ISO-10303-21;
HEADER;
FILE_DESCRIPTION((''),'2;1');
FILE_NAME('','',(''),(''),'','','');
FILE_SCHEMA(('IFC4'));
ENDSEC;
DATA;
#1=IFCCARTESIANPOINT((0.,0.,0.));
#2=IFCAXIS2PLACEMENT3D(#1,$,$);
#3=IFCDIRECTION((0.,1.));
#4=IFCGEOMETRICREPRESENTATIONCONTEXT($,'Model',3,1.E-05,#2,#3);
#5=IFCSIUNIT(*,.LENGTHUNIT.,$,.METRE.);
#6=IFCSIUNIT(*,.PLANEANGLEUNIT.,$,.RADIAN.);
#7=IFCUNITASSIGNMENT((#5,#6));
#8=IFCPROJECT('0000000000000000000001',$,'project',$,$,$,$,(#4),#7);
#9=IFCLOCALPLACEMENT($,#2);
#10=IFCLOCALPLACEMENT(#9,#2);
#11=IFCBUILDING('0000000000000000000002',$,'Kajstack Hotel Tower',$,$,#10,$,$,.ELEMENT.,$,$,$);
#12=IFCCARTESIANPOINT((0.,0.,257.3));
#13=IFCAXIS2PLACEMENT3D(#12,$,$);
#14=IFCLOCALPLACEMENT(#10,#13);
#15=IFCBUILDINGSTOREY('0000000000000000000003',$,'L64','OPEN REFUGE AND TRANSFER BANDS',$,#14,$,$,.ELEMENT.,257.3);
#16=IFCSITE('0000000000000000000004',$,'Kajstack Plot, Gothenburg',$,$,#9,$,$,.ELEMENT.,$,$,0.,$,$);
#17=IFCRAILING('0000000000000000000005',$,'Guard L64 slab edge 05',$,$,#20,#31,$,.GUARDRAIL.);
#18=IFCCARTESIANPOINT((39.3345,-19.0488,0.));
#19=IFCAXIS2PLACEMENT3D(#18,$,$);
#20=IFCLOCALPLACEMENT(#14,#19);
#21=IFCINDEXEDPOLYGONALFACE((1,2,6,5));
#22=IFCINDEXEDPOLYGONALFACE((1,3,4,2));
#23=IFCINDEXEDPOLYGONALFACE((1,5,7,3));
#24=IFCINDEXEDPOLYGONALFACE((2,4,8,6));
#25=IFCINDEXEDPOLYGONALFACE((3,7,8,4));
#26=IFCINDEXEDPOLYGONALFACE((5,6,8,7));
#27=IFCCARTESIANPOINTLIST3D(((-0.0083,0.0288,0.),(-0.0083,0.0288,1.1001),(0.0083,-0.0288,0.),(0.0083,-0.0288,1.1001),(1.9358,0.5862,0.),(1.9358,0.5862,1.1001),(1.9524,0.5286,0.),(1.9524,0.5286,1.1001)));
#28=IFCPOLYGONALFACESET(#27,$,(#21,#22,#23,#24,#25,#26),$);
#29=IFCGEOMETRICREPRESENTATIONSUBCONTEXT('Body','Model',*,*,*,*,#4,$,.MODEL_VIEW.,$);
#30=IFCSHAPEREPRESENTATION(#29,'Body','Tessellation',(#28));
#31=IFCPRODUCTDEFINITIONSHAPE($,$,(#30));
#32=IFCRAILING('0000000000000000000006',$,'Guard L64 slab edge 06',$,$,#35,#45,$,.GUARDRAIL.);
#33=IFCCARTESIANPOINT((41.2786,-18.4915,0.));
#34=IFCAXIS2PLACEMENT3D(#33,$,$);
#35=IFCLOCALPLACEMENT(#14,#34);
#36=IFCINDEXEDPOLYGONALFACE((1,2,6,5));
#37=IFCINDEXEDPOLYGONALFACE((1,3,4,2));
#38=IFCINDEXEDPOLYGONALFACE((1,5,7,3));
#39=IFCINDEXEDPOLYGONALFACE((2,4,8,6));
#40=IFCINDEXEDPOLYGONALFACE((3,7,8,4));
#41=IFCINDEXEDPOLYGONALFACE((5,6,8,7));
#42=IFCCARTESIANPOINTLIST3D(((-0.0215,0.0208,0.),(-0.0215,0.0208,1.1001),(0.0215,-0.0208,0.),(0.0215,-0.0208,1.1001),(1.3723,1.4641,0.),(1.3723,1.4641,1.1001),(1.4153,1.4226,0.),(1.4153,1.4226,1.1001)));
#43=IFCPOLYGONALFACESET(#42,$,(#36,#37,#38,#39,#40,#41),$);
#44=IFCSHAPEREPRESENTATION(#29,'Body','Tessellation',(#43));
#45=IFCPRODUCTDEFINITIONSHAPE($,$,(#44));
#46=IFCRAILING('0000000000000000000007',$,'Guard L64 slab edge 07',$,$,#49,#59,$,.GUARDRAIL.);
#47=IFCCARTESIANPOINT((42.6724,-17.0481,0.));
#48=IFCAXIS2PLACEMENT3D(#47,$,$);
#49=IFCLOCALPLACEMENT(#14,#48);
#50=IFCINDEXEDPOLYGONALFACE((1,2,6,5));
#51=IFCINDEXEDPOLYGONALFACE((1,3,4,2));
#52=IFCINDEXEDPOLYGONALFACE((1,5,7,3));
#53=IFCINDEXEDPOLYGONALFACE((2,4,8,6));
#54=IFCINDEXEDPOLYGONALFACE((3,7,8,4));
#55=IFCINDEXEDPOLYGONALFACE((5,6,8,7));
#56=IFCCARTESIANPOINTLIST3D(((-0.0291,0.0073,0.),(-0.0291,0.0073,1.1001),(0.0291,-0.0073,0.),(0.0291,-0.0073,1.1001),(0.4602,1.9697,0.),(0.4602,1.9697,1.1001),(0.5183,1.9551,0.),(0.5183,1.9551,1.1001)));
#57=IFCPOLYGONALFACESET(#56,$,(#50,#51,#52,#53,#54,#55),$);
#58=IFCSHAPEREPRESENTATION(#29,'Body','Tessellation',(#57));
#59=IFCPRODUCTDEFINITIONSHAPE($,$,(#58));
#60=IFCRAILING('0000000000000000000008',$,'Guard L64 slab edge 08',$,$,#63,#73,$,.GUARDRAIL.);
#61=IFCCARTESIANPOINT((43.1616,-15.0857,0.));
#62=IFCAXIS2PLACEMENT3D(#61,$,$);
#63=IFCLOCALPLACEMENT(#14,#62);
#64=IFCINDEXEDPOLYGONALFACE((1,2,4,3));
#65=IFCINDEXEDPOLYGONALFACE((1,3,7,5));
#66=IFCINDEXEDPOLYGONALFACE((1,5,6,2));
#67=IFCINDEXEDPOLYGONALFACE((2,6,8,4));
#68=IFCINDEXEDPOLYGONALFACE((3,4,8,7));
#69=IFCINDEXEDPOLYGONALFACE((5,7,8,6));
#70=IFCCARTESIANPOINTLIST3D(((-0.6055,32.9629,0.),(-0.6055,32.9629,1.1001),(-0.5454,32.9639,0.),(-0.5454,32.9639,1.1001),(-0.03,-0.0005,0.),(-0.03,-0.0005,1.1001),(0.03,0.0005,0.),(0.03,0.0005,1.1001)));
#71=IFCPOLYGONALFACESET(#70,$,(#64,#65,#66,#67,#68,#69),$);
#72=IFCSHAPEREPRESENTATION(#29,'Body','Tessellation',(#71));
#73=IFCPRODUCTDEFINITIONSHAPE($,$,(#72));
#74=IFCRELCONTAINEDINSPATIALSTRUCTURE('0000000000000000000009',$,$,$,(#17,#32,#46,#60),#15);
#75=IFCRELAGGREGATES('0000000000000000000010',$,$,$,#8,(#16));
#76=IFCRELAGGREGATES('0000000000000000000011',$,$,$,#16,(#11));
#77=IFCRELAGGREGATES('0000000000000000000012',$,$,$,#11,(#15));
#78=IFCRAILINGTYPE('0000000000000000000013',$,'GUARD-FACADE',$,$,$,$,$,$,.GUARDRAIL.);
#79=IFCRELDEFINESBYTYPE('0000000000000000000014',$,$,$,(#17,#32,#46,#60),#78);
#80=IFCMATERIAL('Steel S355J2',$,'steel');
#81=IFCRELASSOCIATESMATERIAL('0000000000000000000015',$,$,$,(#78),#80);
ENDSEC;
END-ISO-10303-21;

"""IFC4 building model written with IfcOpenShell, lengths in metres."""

from ifc_helpers import new_model, si_unit, direction, frame, origin, place, context, subcontext, project, spatial, polyline, outline, extrude, material, type_object, element, save


model = new_model("IFC4")

# Units and contexts
model_context = context("Model", 3, precision=1e-05, world=origin(), true_north=direction((0.0, 1.0)))
body_context = subcontext(model_context, "Body", "Model", "MODEL_VIEW")
ifc_project = project(units=[si_unit("LENGTHUNIT", "METRE"), si_unit("PLANEANGLEUNIT", "RADIAN")], contexts=[model_context])

# Site, building, storey
site_placement = place(None, origin())
site = spatial("IfcSite", under=ifc_project, at=site_placement, Name="Kajstack Plot, Gothenburg", CompositionType="ELEMENT", RefElevation=0.0)
building_placement = place(site_placement, origin())
building = spatial("IfcBuilding", under=site, at=building_placement, Name="Kajstack Hotel Tower", CompositionType="ELEMENT")
storey_placement = place(building_placement, frame((0.0, 0.0, 257.3)))
storey = spatial("IfcBuildingStorey", under=building, at=storey_placement, Name="L64", Description="OPEN REFUGE AND TRANSFER BANDS", CompositionType="ELEMENT", Elevation=257.3)

# Shared definitions
ifc_material = material(Name="Steel S355J2", Category="steel")

# Railings
railing_type = type_object("IfcRailingType", Name="GUARD-FACADE", PredefinedType="GUARDRAIL", material=ifc_material)
railing_1_placement = place(storey_placement, frame((39.3345, -19.0488, 0.0)))
element("IfcRailing", 1, at=railing_1_placement, inside=storey, type_object=railing_type, Name="Guard L64 slab edge 05", PredefinedType="GUARDRAIL", context=body_context, shape_type="SweptSolid", body=[
    extrude(outline(polyline([(1.9358, 0.5862), (1.9524, 0.5286), (0.0083, -0.0288), (-0.0083, 0.0288), (1.9358, 0.5862)])), origin(), (0.0, 0.0, 1.0), 1.1001),
])
railing_2_placement = place(storey_placement, frame((41.2786, -18.4915, 0.0)))
element("IfcRailing", 2, at=railing_2_placement, inside=storey, type_object=railing_type, Name="Guard L64 slab edge 06", PredefinedType="GUARDRAIL", context=body_context, shape_type="SweptSolid", body=[
    extrude(outline(polyline([(1.3723, 1.4641), (1.4153, 1.4226), (0.0215, -0.0208), (-0.0215, 0.0208), (1.3723, 1.4641)])), origin(), (0.0, 0.0, 1.0), 1.1001),
])
railing_3_placement = place(storey_placement, frame((42.6724, -17.0481, 0.0)))
element("IfcRailing", 3, at=railing_3_placement, inside=storey, type_object=railing_type, Name="Guard L64 slab edge 07", PredefinedType="GUARDRAIL", context=body_context, shape_type="SweptSolid", body=[
    extrude(outline(polyline([(0.4602, 1.9697), (0.5183, 1.9551), (0.0291, -0.0073), (-0.0291, 0.0073), (0.4602, 1.9697)])), origin(), (0.0, 0.0, 1.0), 1.1001),
])
railing_4_placement = place(storey_placement, frame((43.1616, -15.0857, 0.0)))
element("IfcRailing", 4, at=railing_4_placement, inside=storey, type_object=railing_type, Name="Guard L64 slab edge 08", PredefinedType="GUARDRAIL", context=body_context, shape_type="SweptSolid", body=[
    extrude(outline(polyline([(-0.6055, 32.9629), (-0.5454, 32.9639), (0.03, 0.0005), (-0.03, -0.0005), (-0.6055, 32.9629)])), origin(), (0.0, 0.0, 1.0), 1.1001),
])

save(model, "model.ifc")
